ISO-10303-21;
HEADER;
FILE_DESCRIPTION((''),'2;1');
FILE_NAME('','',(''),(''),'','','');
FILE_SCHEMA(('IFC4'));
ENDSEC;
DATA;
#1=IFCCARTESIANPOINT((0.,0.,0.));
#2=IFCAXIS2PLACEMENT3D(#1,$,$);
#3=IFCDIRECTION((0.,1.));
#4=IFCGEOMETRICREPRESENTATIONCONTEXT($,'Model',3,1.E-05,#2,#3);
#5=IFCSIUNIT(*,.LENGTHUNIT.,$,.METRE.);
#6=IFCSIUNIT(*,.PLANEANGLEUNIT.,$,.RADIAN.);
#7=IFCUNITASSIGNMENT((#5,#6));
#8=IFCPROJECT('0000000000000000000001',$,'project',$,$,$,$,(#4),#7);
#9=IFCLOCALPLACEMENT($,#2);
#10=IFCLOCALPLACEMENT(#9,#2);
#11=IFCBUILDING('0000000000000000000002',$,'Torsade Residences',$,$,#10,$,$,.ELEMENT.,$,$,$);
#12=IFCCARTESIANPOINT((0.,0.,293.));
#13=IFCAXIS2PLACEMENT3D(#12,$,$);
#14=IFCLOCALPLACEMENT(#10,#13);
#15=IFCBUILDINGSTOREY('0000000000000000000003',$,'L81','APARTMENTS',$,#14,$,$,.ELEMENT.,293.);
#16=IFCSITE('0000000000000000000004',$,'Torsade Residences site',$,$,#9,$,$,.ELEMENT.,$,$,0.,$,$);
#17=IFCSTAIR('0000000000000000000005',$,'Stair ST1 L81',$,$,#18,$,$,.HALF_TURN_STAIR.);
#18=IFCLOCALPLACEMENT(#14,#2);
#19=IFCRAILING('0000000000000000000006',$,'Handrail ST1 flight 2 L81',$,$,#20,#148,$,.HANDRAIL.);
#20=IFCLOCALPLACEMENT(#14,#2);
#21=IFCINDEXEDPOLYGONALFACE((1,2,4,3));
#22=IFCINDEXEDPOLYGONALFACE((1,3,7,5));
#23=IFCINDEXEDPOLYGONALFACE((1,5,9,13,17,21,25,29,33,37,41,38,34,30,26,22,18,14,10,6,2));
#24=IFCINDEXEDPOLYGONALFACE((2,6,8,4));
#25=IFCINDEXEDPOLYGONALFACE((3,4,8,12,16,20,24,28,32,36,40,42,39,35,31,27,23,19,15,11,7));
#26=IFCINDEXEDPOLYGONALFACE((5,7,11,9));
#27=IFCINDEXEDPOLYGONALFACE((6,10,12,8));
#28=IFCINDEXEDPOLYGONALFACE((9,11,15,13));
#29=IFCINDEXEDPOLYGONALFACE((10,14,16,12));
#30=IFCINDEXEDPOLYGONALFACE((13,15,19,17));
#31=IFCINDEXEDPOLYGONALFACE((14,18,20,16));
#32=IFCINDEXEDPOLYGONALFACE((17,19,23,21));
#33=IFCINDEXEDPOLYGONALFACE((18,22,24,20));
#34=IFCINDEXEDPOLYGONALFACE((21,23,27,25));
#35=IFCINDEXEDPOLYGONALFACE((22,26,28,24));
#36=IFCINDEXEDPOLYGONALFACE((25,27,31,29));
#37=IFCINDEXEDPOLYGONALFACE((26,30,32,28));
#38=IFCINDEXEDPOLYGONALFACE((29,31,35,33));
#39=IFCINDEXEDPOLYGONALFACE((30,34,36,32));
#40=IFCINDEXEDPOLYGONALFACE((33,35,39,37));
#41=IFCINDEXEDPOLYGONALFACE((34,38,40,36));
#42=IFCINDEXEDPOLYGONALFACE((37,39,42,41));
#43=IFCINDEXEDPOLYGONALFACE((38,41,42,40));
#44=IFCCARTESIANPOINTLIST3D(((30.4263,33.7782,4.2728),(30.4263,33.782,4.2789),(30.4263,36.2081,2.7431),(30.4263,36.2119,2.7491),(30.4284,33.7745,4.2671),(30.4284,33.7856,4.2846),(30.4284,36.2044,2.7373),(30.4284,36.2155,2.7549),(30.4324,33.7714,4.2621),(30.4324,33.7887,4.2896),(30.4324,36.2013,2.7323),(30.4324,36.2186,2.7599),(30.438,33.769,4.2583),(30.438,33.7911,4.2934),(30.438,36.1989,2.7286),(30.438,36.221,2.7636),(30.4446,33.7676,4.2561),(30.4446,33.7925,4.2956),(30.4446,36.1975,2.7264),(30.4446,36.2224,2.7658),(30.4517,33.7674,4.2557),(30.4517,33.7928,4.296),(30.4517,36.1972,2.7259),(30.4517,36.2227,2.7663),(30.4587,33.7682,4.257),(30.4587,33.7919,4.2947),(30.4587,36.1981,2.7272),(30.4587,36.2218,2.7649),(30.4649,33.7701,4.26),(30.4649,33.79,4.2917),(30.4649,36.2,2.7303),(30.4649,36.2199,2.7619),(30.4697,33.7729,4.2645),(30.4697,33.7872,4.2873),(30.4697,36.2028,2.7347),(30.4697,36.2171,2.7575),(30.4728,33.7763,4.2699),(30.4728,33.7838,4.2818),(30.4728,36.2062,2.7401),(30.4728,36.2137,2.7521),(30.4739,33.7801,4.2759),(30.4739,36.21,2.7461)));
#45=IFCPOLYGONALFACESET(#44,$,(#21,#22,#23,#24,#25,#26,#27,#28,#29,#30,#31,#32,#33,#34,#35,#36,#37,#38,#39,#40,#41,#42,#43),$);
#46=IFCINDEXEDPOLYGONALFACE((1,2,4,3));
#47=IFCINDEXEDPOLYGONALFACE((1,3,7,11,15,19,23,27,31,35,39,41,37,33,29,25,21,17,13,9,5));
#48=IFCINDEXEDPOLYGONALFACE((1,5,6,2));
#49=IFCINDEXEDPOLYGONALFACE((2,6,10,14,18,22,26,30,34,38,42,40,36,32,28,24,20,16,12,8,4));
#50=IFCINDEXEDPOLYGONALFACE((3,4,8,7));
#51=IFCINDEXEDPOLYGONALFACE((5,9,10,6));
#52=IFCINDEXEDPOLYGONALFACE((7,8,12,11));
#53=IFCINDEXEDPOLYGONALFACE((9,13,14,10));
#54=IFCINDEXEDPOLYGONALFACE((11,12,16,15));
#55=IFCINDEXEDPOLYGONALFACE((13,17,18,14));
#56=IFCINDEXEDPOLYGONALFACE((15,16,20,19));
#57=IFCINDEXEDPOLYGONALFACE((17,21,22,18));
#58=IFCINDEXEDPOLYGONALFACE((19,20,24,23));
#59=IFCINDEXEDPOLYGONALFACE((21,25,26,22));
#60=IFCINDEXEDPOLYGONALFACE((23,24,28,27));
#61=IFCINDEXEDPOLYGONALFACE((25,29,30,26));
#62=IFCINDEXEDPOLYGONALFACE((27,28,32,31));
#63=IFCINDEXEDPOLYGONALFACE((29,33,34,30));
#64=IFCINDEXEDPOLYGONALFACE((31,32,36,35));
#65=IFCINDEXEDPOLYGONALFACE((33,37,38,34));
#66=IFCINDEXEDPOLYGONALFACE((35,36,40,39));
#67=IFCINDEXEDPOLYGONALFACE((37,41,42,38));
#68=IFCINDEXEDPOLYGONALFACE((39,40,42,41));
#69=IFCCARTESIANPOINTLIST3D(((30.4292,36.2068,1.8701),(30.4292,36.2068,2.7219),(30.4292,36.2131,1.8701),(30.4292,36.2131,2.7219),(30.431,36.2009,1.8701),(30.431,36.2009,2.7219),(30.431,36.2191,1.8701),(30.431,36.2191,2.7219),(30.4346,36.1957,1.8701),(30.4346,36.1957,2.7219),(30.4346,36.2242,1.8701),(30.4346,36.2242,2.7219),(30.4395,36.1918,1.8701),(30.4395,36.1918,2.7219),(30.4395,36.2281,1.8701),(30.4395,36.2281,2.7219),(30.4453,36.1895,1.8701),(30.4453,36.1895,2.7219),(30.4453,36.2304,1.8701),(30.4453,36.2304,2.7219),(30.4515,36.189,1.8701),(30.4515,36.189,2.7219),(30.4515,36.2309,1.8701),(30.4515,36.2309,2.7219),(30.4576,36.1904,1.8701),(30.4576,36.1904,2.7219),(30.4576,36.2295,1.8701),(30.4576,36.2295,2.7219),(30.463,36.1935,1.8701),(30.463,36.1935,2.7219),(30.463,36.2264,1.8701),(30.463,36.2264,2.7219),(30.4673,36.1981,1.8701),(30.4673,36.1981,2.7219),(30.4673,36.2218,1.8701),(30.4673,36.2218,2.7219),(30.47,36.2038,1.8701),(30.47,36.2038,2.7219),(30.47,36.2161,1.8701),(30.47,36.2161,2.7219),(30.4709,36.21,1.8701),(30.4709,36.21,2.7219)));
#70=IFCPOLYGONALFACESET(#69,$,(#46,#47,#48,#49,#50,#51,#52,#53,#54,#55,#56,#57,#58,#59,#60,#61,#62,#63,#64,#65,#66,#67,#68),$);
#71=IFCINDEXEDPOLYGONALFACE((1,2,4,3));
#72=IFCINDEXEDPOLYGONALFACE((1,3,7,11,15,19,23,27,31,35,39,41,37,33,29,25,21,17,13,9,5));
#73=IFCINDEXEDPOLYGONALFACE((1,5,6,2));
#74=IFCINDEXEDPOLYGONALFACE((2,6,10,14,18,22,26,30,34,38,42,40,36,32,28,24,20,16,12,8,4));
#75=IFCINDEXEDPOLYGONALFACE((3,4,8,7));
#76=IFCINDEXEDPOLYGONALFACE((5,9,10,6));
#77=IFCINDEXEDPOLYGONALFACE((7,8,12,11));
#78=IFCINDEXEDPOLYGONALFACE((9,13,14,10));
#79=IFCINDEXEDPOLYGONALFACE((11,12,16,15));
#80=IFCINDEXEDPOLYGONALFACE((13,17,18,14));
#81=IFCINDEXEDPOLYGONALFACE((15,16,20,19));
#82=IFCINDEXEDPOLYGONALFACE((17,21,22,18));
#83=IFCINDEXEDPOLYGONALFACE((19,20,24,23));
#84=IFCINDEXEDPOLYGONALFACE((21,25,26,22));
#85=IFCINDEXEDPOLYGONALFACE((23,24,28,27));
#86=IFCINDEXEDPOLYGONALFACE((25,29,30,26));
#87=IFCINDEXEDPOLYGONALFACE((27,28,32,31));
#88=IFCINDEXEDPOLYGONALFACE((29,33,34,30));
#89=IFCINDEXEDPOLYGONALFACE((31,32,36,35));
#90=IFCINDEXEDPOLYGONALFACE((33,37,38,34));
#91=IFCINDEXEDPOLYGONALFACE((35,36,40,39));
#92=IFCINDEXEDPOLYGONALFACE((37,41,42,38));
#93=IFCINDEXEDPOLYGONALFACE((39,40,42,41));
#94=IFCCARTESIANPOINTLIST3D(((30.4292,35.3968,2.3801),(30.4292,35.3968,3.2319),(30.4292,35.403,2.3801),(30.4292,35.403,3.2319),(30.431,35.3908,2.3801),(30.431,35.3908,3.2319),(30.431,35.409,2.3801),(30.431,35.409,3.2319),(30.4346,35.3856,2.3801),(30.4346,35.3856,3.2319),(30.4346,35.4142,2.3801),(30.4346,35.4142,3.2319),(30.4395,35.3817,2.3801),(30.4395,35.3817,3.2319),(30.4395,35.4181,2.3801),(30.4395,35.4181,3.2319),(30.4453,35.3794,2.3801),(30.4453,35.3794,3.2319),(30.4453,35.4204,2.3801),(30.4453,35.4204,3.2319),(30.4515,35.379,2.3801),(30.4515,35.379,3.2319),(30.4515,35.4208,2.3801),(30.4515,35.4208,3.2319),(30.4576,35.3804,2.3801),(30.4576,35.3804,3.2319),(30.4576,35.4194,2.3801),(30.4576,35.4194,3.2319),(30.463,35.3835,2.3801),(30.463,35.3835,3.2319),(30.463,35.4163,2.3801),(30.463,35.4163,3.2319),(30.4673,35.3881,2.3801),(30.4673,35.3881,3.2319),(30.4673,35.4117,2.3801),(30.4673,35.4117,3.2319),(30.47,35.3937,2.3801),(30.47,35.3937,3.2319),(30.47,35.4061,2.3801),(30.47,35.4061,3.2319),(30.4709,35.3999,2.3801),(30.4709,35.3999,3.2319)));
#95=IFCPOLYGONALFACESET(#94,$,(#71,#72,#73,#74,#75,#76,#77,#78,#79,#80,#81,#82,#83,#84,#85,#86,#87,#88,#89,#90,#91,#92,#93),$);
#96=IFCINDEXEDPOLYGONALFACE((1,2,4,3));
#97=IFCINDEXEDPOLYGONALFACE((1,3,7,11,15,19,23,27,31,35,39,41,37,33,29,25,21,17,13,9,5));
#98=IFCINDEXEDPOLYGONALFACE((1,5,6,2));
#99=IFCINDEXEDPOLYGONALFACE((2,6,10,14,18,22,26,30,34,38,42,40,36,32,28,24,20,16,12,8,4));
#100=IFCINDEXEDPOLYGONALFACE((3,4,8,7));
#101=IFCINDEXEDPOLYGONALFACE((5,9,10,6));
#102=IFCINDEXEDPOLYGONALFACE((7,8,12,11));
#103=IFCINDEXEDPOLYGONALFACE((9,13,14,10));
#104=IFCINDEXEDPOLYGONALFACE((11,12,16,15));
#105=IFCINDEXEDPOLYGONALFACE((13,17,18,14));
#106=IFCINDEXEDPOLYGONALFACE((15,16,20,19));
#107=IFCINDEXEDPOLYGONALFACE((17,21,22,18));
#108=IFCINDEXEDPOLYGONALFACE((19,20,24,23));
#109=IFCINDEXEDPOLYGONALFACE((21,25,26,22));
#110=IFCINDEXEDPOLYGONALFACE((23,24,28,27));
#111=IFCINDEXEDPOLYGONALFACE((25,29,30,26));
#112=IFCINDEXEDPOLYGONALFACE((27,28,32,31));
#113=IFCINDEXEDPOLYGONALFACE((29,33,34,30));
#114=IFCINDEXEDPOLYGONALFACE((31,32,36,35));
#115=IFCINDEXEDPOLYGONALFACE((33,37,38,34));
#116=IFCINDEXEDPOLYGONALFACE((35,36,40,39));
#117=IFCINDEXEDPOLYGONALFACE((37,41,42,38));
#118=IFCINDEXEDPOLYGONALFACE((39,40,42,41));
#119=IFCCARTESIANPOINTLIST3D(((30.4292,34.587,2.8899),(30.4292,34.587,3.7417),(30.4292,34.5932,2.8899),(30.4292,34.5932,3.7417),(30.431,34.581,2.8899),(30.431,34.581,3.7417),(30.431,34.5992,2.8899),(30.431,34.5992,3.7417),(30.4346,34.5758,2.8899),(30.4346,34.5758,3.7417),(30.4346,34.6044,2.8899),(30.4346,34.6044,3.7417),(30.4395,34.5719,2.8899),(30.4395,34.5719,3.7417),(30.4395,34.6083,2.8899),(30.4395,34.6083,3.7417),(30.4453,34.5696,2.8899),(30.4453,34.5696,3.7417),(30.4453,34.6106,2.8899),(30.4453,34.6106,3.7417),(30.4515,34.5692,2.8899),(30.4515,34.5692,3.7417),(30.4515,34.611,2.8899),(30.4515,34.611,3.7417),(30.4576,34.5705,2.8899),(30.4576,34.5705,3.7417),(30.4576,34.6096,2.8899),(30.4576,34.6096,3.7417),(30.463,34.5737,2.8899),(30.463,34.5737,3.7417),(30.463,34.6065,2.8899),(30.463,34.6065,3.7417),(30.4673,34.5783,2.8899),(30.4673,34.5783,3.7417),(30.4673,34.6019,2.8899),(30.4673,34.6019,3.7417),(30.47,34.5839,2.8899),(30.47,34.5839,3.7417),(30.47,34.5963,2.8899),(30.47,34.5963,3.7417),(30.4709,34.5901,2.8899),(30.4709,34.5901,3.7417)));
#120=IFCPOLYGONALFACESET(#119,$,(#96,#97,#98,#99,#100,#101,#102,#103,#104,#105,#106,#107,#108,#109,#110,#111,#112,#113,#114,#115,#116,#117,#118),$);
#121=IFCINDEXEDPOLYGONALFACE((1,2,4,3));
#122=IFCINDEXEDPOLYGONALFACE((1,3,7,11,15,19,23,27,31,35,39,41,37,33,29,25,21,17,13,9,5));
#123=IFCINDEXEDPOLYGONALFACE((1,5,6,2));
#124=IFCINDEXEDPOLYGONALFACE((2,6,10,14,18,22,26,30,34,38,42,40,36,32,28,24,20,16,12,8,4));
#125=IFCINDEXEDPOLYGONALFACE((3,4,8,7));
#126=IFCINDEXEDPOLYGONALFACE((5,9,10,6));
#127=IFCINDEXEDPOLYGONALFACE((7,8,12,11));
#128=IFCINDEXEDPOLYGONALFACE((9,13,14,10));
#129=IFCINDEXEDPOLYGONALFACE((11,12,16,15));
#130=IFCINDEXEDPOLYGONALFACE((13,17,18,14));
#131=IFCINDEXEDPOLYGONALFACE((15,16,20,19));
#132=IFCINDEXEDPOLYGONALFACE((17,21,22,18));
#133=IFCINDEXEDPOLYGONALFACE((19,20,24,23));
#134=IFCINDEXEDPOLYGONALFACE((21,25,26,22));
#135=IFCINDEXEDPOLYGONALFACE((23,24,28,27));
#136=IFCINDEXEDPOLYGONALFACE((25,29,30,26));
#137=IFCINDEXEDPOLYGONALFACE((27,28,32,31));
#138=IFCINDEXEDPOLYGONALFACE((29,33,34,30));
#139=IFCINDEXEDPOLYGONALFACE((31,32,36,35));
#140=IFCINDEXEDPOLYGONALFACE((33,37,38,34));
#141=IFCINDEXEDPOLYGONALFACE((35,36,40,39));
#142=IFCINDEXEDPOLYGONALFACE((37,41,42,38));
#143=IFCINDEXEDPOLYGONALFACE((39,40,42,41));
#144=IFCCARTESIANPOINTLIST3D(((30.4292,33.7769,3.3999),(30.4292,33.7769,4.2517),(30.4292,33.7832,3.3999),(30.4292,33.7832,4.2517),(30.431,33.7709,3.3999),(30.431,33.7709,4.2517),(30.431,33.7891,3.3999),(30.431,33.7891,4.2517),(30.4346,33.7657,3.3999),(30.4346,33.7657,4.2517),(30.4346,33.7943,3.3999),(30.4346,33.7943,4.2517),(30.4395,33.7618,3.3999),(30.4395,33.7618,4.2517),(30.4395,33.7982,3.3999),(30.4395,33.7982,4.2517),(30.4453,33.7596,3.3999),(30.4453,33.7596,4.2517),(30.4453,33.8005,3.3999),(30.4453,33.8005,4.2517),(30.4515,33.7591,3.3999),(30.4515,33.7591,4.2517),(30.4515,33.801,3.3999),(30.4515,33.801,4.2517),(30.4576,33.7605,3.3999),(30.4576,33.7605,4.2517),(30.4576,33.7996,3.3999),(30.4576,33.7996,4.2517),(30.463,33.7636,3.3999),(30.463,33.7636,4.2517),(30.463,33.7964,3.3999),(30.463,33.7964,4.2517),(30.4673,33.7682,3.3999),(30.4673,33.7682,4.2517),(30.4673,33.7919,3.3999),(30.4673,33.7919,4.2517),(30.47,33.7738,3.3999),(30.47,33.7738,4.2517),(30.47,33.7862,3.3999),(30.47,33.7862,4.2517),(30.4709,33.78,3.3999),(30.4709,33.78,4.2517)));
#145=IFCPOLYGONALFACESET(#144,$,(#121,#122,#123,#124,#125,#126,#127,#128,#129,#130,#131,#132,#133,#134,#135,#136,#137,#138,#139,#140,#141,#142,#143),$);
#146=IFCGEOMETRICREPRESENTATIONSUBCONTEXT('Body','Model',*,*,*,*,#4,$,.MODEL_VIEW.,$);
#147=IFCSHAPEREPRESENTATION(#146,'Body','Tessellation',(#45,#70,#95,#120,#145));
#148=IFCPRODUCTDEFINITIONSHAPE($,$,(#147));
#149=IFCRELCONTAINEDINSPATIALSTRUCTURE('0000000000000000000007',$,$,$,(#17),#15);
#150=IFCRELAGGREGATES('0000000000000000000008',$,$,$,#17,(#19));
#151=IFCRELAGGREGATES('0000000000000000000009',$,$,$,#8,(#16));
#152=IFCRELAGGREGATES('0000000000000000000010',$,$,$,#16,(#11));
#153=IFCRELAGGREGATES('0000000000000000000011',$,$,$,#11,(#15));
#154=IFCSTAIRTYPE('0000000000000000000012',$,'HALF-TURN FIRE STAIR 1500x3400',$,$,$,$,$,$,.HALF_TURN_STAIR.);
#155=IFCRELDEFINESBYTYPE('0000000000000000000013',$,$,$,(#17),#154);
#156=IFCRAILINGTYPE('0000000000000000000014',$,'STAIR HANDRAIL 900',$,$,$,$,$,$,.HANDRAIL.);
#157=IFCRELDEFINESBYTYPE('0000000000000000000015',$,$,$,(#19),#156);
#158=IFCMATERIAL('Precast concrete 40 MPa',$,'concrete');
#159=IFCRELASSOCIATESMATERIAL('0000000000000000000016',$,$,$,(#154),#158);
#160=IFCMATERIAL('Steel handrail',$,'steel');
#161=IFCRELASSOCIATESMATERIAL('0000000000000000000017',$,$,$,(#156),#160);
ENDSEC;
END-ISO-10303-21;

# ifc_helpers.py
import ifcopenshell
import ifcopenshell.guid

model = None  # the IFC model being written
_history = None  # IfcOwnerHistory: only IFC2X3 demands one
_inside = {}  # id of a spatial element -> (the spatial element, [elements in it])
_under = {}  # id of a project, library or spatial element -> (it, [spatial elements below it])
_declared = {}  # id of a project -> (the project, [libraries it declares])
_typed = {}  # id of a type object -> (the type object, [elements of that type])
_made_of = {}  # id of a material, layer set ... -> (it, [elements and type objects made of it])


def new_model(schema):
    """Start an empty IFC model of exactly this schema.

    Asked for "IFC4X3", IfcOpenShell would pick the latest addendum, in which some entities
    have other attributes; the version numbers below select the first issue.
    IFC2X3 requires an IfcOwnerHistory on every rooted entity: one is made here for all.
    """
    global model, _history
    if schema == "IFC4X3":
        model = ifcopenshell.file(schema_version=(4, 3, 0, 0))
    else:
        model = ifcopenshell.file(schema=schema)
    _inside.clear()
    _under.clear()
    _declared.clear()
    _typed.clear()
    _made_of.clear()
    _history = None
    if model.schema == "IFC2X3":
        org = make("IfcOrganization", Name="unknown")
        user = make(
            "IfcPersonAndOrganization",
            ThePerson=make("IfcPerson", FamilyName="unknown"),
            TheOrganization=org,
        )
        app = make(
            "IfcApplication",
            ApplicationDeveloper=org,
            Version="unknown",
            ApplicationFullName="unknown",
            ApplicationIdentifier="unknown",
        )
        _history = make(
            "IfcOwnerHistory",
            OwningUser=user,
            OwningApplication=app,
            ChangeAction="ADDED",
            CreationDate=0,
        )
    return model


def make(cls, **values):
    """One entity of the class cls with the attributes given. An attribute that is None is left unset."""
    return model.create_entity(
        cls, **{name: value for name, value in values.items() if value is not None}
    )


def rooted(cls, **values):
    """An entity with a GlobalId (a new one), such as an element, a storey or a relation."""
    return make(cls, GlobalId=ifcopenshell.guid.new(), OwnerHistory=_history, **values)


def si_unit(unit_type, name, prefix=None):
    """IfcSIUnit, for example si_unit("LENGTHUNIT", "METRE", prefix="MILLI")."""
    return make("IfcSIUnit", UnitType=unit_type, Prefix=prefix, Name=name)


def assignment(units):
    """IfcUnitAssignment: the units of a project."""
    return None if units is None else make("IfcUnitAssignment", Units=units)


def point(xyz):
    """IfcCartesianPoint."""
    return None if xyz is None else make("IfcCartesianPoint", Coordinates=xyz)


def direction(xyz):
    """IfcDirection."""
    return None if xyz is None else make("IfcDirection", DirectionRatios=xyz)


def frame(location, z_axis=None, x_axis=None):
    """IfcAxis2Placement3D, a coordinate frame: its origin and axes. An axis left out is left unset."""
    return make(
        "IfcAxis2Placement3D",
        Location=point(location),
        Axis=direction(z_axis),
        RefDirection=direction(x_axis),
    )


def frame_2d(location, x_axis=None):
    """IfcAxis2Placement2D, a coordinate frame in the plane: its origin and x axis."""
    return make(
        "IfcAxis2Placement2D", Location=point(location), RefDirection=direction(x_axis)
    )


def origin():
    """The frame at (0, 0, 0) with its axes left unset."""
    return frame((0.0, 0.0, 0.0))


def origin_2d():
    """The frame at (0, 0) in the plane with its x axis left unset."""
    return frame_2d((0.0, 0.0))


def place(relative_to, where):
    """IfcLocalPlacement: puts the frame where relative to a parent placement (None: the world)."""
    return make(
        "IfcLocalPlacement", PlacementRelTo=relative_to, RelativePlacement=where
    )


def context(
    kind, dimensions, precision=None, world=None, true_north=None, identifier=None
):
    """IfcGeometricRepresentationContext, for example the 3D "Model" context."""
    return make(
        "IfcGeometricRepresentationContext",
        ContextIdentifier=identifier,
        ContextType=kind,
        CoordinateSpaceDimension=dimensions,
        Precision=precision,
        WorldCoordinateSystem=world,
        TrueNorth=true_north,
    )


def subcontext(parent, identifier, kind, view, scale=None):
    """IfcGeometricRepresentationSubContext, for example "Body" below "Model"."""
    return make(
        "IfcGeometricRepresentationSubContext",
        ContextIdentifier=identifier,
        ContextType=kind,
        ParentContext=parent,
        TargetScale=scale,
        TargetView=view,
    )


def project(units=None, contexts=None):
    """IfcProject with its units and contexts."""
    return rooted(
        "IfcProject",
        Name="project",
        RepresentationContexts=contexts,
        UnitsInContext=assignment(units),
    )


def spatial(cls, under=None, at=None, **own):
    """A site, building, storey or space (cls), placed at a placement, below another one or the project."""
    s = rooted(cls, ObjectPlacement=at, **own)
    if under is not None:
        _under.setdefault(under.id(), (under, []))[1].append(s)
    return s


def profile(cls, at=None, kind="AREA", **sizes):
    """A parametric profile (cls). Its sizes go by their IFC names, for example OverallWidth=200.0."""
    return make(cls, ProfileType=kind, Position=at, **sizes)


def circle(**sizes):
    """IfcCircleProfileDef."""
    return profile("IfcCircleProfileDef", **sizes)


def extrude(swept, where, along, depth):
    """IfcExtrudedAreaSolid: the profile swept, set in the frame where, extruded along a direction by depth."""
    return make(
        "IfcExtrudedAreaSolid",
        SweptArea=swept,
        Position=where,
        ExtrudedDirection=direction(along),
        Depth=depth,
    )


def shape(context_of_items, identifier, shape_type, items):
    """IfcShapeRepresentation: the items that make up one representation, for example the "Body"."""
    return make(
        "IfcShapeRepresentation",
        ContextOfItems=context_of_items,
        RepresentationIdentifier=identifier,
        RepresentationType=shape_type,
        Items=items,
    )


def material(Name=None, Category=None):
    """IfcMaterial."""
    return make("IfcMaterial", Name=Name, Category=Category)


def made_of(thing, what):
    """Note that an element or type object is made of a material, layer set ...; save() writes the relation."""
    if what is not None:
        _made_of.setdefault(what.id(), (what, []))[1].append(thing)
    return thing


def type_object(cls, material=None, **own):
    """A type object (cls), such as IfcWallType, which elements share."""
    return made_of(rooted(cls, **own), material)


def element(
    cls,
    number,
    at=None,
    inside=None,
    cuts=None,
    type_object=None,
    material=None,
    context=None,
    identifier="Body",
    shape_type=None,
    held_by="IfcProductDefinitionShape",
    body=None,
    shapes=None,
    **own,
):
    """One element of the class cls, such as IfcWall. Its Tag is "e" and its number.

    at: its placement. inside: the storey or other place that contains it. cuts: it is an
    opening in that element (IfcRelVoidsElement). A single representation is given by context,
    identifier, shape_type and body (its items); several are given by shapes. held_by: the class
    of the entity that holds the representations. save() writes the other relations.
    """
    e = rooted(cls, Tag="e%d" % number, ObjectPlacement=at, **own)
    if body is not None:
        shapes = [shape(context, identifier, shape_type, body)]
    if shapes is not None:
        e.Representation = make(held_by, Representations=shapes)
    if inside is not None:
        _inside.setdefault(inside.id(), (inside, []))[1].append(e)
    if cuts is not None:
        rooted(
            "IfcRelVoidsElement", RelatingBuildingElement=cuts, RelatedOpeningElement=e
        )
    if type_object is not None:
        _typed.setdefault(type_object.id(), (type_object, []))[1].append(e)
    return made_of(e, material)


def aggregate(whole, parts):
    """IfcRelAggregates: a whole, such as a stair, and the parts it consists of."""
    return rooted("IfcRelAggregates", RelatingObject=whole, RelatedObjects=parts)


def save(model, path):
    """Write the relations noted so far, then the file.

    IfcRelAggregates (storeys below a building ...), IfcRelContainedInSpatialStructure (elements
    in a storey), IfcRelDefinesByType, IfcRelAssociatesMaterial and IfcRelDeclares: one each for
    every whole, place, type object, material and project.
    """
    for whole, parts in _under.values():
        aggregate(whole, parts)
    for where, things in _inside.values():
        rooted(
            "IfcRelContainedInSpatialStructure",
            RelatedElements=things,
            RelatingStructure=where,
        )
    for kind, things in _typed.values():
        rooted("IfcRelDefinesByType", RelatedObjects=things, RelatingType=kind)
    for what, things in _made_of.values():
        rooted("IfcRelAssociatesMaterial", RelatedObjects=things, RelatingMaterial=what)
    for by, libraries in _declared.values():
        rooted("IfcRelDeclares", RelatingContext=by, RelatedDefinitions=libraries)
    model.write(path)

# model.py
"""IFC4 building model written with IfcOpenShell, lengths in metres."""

from ifc_helpers import new_model, si_unit, direction, frame, origin, origin_2d, place, context, subcontext, project, spatial, circle, extrude, material, type_object, element, aggregate, save


model = new_model("IFC4")

# Units and contexts
model_context = context("Model", 3, precision=1e-05, world=origin(), true_north=direction((0.0, 1.0)))
body_context = subcontext(model_context, "Body", "Model", "MODEL_VIEW")
ifc_project = project(units=[si_unit("LENGTHUNIT", "METRE"), si_unit("PLANEANGLEUNIT", "RADIAN")], contexts=[model_context])

# Site, building, storey
site_placement = place(None, origin())
site = spatial("IfcSite", under=ifc_project, at=site_placement, Name="Torsade Residences site", CompositionType="ELEMENT", RefElevation=0.0)
building_placement = place(site_placement, origin())
building = spatial("IfcBuilding", under=site, at=building_placement, Name="Torsade Residences", CompositionType="ELEMENT")
storey_placement = place(building_placement, frame((0.0, 0.0, 293.0)))
storey = spatial("IfcBuildingStorey", under=building, at=storey_placement, Name="L81", Description="APARTMENTS", CompositionType="ELEMENT", Elevation=293.0)

# Stair, railing
ifc_material_1 = material(Name="Precast concrete 40 MPa", Category="concrete")
stair_type = type_object("IfcStairType", Name="HALF-TURN FIRE STAIR 1500x3400", PredefinedType="HALF_TURN_STAIR", material=ifc_material_1)
stair_placement = place(storey_placement, origin())
stair = element("IfcStair", 1, at=stair_placement, inside=storey, type_object=stair_type, Name="Stair ST1 L81", PredefinedType="HALF_TURN_STAIR")
ifc_material_2 = material(Name="Steel handrail", Category="steel")
railing_type = type_object("IfcRailingType", Name="STAIR HANDRAIL 900", PredefinedType="HANDRAIL", material=ifc_material_2)
railing_1_placement = place(storey_placement, frame((30.45, 36.21, 1.8701)))
railing_1 = element("IfcRailing", 2, at=railing_1_placement, type_object=railing_type, Name="Handrail ST1 flight 2 L81", PredefinedType="HANDRAIL", context=body_context, shape_type="SweptSolid", body=[
    extrude(circle(Radius=0.0239, at=origin_2d()), frame((0.0, 0.0, 0.876), z_axis=(0.0, -0.84626, 0.53277), x_axis=(1.0, 0.0, 0.0)), (0.0, 0.0, 1.0), 2.8713),
    extrude(circle(Radius=0.021, at=origin_2d()), origin(), (0.0, 0.0, 1.0), 0.8518),
    extrude(circle(Radius=0.021, at=origin_2d()), frame((0.0, -0.8101, 0.51)), (0.0, 0.0, 1.0), 0.8518),
    extrude(circle(Radius=0.021, at=origin_2d()), frame((0.0, -1.6199, 1.0198)), (0.0, 0.0, 1.0), 0.8518),
    extrude(circle(Radius=0.021, at=origin_2d()), frame((0.0, -2.4299, 1.5298)), (0.0, 0.0, 1.0), 0.8518),
])
aggregate(stair, [railing_1])

save(model, "model.ifc")
